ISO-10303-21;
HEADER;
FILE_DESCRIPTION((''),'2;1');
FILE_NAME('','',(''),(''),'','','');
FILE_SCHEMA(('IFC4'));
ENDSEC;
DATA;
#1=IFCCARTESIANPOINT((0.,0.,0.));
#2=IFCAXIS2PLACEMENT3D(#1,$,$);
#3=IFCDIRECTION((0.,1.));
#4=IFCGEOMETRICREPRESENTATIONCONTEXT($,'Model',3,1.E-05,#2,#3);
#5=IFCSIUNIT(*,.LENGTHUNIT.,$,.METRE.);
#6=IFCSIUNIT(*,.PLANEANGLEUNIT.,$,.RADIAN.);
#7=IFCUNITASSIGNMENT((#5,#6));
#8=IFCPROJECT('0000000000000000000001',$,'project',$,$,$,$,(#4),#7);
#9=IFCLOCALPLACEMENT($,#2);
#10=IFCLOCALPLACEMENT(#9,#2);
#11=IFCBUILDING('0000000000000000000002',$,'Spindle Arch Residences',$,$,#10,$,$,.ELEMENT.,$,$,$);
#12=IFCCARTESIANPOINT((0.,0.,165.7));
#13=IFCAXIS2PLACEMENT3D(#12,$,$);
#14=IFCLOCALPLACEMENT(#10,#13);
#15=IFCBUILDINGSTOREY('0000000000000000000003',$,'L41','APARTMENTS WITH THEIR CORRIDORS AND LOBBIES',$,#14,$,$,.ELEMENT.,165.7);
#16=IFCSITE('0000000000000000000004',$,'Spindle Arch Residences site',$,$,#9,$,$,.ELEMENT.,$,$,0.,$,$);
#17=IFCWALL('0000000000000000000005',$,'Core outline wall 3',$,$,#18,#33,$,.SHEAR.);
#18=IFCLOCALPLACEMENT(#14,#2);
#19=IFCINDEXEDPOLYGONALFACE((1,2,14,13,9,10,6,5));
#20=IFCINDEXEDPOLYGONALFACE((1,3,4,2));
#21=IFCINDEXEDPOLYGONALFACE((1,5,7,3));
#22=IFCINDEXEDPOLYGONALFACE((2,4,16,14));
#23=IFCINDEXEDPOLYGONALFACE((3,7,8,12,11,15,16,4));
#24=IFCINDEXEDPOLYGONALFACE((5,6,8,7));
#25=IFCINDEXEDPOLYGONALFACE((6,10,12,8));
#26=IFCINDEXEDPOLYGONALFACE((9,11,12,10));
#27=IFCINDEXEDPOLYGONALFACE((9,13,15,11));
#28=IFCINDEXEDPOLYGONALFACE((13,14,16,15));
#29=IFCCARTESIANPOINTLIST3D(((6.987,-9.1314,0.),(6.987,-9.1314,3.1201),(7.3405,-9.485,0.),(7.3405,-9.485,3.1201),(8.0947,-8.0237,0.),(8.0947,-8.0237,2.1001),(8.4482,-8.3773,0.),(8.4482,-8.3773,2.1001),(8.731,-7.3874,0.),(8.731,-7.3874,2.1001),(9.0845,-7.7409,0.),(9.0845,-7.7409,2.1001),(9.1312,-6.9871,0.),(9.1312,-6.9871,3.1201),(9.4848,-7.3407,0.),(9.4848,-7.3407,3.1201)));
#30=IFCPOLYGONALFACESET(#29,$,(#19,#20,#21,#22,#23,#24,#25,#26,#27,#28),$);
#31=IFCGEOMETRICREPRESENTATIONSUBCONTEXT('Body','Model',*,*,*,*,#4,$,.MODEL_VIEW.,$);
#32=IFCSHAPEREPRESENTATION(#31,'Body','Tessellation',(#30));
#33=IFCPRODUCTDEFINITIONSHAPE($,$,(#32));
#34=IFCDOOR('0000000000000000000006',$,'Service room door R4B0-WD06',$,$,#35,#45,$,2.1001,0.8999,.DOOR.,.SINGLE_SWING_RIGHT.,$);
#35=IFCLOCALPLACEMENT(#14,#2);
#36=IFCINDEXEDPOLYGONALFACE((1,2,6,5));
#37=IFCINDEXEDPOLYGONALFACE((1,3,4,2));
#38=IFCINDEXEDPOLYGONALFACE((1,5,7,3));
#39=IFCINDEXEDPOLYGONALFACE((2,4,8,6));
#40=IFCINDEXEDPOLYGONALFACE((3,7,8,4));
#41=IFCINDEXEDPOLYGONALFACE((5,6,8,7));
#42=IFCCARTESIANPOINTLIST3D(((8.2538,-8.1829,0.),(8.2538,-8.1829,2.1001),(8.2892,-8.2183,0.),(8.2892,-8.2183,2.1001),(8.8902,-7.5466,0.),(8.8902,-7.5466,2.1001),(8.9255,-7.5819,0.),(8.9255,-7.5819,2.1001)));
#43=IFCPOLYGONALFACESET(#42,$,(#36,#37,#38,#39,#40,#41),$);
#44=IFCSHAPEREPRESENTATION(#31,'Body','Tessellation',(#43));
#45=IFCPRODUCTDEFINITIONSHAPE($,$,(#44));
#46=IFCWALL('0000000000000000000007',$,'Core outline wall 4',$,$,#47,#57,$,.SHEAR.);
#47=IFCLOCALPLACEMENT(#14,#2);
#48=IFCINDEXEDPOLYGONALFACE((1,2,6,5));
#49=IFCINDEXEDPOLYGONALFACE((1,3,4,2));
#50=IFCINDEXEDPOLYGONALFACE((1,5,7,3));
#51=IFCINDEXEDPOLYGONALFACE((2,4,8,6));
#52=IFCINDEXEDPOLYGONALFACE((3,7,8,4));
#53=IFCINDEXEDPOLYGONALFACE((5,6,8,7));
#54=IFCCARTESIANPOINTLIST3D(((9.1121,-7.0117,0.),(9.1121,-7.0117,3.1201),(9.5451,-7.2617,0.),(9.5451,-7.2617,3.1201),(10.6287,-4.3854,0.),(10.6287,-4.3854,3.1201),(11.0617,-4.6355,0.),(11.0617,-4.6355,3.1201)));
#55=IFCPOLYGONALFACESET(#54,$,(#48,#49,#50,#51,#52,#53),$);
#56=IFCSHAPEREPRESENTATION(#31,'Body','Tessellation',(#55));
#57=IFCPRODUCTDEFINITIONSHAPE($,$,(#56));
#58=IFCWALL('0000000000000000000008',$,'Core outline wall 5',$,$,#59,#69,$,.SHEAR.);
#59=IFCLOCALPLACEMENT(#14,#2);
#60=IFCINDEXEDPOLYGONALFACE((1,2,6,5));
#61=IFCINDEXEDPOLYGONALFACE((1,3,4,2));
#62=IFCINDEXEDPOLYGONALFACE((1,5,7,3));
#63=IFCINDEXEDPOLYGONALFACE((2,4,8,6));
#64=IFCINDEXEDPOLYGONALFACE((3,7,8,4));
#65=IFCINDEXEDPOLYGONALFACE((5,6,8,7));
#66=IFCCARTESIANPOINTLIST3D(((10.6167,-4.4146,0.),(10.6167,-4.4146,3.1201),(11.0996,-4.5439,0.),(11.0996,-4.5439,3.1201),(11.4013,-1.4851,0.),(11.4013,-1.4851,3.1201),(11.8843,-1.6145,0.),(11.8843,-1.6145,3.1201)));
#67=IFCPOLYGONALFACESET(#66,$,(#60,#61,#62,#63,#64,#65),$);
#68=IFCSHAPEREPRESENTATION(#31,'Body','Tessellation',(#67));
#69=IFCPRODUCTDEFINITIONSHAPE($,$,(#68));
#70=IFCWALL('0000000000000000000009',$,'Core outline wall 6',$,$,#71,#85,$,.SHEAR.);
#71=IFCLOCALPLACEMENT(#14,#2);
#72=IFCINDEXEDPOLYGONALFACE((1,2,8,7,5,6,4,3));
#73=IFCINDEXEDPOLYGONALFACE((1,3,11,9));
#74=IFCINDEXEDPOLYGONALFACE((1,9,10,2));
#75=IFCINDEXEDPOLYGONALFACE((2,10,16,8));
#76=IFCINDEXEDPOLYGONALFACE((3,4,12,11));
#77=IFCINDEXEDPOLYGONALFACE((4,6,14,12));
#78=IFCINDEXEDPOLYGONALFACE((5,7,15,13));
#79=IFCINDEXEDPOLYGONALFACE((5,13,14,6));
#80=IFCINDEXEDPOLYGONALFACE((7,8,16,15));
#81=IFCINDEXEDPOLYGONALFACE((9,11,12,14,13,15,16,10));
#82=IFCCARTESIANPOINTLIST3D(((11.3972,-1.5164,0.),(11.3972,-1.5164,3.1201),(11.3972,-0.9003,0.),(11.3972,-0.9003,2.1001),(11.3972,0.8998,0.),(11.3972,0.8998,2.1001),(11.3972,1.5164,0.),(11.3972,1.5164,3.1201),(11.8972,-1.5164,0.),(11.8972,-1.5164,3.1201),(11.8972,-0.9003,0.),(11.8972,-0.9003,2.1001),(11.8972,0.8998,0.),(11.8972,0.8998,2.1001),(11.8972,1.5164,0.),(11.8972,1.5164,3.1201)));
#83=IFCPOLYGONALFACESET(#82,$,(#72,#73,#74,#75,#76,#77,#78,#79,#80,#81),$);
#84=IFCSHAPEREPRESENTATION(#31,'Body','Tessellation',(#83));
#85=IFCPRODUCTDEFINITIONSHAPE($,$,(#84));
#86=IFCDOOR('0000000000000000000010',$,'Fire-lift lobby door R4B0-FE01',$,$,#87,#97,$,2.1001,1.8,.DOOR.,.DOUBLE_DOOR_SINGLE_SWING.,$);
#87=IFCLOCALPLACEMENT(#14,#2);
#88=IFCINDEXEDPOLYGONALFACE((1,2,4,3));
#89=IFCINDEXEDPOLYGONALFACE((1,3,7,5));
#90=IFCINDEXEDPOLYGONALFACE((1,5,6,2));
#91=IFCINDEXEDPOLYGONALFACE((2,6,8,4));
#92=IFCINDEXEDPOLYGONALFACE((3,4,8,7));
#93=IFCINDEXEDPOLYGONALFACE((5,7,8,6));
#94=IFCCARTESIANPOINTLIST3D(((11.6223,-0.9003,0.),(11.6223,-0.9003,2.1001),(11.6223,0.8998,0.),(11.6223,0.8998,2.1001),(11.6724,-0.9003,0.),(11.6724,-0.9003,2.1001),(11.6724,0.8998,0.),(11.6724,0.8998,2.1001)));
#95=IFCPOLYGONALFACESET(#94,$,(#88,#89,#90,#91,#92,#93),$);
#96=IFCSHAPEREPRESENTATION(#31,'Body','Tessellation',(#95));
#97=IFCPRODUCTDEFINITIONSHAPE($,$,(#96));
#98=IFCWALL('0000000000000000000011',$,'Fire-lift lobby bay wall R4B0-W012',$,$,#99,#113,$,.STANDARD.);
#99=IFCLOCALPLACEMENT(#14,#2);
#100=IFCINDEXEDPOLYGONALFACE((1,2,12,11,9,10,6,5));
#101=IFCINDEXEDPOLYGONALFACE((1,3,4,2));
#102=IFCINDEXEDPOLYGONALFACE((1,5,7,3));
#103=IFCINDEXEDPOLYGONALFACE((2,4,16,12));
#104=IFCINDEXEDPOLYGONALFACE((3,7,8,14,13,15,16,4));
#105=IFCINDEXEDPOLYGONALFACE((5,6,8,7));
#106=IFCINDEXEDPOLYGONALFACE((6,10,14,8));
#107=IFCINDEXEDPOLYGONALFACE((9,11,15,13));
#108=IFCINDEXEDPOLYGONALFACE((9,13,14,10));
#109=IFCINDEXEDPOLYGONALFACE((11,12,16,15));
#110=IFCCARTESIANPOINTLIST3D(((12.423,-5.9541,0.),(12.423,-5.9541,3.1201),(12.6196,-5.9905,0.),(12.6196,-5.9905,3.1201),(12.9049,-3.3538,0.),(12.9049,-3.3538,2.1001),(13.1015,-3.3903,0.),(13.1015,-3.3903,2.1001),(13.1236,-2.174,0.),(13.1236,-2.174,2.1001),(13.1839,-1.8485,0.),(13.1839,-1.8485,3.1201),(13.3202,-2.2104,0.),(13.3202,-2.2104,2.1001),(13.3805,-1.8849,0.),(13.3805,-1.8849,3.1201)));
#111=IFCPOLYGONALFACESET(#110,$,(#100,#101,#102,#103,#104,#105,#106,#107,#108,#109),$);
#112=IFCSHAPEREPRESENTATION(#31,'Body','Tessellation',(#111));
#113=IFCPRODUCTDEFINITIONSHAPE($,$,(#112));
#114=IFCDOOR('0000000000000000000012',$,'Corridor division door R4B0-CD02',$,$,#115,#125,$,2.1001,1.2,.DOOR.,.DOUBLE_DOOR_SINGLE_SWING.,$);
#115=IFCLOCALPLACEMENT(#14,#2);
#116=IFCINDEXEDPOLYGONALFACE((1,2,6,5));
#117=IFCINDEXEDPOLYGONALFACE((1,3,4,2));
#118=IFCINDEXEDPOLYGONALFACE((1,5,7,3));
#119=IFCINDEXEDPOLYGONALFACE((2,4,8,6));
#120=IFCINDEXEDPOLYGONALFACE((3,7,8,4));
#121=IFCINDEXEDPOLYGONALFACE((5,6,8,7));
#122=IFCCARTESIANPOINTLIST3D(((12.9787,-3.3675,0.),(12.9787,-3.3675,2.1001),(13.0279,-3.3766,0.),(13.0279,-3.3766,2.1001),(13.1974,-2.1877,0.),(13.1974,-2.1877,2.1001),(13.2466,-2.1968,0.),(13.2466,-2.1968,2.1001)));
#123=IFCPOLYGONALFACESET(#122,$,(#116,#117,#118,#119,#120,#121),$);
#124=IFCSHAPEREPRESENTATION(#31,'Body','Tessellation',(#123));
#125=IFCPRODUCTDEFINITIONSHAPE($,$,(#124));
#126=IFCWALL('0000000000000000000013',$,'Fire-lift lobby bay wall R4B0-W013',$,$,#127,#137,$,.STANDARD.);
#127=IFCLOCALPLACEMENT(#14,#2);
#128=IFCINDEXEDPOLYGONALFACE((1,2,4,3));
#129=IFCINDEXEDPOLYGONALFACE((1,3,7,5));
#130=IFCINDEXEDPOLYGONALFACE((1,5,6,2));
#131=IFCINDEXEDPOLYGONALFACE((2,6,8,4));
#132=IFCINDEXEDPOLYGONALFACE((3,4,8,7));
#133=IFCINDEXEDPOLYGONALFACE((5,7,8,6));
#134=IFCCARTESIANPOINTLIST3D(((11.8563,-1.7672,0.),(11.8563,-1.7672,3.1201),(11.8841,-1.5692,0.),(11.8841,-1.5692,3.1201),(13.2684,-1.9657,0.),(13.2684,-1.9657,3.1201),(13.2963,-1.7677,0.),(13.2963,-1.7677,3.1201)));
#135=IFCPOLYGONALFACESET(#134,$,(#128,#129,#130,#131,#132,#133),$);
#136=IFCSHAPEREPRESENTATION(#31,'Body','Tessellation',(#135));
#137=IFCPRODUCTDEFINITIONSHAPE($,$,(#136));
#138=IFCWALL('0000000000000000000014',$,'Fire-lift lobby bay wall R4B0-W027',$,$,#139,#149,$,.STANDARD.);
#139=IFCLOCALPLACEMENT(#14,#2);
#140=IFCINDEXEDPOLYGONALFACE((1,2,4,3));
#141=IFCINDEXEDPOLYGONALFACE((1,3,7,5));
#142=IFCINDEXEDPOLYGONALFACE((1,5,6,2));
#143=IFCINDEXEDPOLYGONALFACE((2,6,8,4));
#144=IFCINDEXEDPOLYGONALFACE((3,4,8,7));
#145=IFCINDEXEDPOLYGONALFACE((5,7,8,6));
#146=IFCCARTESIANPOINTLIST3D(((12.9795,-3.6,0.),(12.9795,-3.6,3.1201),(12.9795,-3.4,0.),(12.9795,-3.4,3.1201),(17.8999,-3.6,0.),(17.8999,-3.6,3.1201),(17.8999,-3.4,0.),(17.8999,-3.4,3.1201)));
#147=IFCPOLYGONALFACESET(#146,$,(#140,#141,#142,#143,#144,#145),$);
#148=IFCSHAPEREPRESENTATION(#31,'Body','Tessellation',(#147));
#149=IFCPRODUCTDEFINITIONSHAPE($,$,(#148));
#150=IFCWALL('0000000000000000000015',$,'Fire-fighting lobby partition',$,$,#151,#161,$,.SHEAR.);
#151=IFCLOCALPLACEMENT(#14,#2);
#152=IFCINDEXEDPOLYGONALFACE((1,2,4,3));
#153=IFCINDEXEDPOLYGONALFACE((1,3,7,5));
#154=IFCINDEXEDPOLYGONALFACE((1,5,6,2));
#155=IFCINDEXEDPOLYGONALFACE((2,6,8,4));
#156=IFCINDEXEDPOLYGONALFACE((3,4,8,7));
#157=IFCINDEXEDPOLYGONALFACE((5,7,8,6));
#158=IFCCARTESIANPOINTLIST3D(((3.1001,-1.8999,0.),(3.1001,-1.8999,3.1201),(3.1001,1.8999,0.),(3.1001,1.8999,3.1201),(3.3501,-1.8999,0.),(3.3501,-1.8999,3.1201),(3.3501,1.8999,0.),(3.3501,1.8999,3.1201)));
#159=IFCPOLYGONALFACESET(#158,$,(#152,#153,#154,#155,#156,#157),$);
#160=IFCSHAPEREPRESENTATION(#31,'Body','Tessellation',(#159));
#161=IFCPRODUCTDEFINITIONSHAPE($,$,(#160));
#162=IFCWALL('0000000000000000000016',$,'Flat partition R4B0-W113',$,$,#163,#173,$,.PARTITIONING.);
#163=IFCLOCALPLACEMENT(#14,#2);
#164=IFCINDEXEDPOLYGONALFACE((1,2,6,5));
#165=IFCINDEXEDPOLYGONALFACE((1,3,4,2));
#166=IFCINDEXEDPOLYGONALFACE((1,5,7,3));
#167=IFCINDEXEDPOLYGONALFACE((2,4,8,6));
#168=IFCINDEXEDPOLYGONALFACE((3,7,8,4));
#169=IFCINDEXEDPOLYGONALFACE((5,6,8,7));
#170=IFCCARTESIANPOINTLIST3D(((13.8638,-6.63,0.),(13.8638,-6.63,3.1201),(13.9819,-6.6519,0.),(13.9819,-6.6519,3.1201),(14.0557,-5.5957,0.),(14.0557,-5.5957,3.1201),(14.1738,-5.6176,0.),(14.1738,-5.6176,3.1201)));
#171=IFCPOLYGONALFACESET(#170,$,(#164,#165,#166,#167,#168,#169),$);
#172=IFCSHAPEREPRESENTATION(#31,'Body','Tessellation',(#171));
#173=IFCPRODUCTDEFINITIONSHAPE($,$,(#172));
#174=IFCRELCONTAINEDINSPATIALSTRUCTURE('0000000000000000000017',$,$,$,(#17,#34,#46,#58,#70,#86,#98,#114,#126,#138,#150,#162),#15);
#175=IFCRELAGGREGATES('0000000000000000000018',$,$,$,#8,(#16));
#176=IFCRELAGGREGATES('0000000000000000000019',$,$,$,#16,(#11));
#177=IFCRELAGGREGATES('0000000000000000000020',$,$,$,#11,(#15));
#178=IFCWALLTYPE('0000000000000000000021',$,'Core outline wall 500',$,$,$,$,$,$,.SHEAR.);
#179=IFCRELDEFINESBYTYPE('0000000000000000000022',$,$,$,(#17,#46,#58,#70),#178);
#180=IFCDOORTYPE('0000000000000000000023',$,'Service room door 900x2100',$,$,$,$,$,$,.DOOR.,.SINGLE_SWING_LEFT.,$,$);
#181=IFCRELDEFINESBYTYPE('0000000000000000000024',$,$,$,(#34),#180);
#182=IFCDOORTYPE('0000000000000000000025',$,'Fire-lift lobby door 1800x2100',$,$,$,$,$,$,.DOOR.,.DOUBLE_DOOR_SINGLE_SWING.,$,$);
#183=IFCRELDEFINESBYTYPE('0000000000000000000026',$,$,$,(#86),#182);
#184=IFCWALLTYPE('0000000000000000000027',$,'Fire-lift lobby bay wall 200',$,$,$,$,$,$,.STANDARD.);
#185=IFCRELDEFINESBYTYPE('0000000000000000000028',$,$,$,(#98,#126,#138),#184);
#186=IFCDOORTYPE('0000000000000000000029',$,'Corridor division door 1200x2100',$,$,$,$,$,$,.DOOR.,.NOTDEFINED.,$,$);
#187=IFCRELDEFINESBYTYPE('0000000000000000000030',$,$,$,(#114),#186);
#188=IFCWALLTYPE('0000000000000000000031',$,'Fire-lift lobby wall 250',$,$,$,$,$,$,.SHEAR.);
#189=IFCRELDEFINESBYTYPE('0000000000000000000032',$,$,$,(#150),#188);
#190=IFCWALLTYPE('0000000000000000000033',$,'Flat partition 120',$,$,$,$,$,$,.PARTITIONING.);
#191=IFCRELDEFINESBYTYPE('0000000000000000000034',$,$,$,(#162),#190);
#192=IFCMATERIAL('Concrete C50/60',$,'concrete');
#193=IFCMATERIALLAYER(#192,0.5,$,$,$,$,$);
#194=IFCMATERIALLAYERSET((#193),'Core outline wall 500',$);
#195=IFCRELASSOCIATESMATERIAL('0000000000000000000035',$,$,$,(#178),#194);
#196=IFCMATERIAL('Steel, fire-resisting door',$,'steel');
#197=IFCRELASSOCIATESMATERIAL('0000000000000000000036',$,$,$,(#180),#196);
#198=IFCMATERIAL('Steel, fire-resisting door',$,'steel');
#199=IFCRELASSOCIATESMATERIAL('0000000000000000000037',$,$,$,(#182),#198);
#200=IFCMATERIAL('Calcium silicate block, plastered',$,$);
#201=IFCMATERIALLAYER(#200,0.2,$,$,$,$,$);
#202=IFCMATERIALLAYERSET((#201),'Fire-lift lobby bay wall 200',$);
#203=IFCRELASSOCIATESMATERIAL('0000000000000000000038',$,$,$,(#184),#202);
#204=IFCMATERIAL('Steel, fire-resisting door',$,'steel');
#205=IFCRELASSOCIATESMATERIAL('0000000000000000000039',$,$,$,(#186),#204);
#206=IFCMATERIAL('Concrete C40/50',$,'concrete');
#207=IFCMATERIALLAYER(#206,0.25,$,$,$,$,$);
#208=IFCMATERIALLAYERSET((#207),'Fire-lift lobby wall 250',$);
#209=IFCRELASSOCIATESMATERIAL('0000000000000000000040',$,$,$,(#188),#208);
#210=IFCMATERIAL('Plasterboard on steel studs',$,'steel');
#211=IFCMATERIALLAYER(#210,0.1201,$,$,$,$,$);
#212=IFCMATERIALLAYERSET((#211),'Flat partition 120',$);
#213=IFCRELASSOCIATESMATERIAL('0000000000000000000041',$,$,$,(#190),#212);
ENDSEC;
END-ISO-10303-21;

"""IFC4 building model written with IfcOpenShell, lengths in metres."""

from ifc_helpers import new_model, si_unit, direction, frame, frame_2d, origin, place, context, subcontext, project, spatial, rectangle, extrude, material, layer, layer_set, type_object, element, fill, save


model = new_model("IFC4")

# Units and contexts
model_context = context("Model", 3, precision=1e-05, world=origin(), true_north=direction((0.0, 1.0)))
body_context = subcontext(model_context, "Body", "Model", "MODEL_VIEW")
ifc_project = project(units=[si_unit("LENGTHUNIT", "METRE"), si_unit("PLANEANGLEUNIT", "RADIAN")], contexts=[model_context])

# Site, building, storey
site_placement = place(None, origin())
site = spatial("IfcSite", under=ifc_project, at=site_placement, Name="Spindle Arch Residences site", CompositionType="ELEMENT", RefElevation=0.0)
building_placement = place(site_placement, origin())
building = spatial("IfcBuilding", under=site, at=building_placement, Name="Spindle Arch Residences", CompositionType="ELEMENT")
storey_placement = place(building_placement, frame((0.0, 0.0, 165.7)))
storey = spatial("IfcBuildingStorey", under=building, at=storey_placement, Name="L41", Description="APARTMENTS WITH THEIR CORRIDORS AND LOBBIES", CompositionType="ELEMENT", Elevation=165.7)

# Wall, opening, door
ifc_material_1 = material(Name="Concrete C50/60", Category="concrete")
ifc_layer_1 = layer(ifc_material_1, 0.5)
ifc_layer_set_1 = layer_set([ifc_layer_1], Name="Core outline wall 500")
wall_type_1 = type_object("IfcWallType", Name="Core outline wall 500", PredefinedType="SHEAR", material=ifc_layer_set_1)
wall_1_placement = place(storey_placement, frame((7.1638, -9.3081, 0.0), z_axis=(0.0, 0.0, 1.0), x_axis=(0.707107, 0.707107, 0.0)))
wall_1 = element("IfcWall", 1, at=wall_1_placement, inside=storey, type_object=wall_type_1, Name="Core outline wall 3", PredefinedType="SHEAR", context=body_context, shape_type="SweptSolid", body=[
    extrude(rectangle(XDim=3.0325, YDim=0.5, at=frame_2d((1.5161, 0.0))), origin(), (0.0, 0.0, 1.0), 3.1201),
])
opening_1_placement = place(wall_1_placement, frame((1.5664, 0.0, 0.0)))
opening_1 = element("IfcOpeningElement", 2, at=opening_1_placement, cuts=wall_1, PredefinedType="OPENING", context=body_context, shape_type="SweptSolid", body=[
    extrude(rectangle(XDim=0.8999, YDim=2.1001, at=frame_2d((0.45, 1.05))), frame((0.0, 0.26, 0.0), z_axis=(0.0, -1.0, 0.0), x_axis=(1.0, 0.0, 0.0)), (0.0, 0.0, 1.0), 0.52),
])
ifc_material_2 = material(Name="Steel, fire-resisting door", Category="steel")
door_type_1 = type_object("IfcDoorType", Name="Service room door 900x2100", OperationType="SINGLE_SWING_LEFT", PredefinedType="DOOR", material=ifc_material_2)
door_1_placement = place(opening_1_placement, origin())
door_1 = element("IfcDoor", 3, at=door_1_placement, inside=storey, type_object=door_type_1, Name="Service room door R4B0-WD06", OperationType="SINGLE_SWING_RIGHT", OverallHeight=2.1001, OverallWidth=0.8999, PredefinedType="DOOR", context=body_context, shape_type="SweptSolid", body=[
    extrude(rectangle(XDim=0.8999, YDim=2.1001, at=frame_2d((0.45, 1.05))), frame((0.0, 0.0249, 0.0), z_axis=(0.0, -1.0, 0.0), x_axis=(1.0, 0.0, 0.0)), (0.0, 0.0, 1.0), 0.05),
])
fill(opening_1, door_1)

# Walls
for number, where, z_axis, x_axis, name in (
    (4, (9.3286, -7.1367, 0.0), (0.0, 0.0, 1.0), (0.500087, 0.865975, 0.0), "Core outline wall 4"),
    (5, (10.8582, -4.4792, 0.0), (0.0, 0.0, 1.0), (0.258735, 0.965948, 0.0), "Core outline wall 5"),
):
    element("IfcWall", number, at=place(storey_placement, frame(where, z_axis=z_axis, x_axis=x_axis)), inside=storey, type_object=wall_type_1, Name=name, PredefinedType="SHEAR", context=body_context, shape_type="SweptSolid", body=[
        extrude(rectangle(XDim=3.0327, YDim=0.5, at=frame_2d((1.5164, 0.0))), origin(), (0.0, 0.0, 1.0), 3.1201),
    ])

# Walls, openings, doors
wall_2_placement = place(storey_placement, frame((11.6472, -1.5164, 0.0), z_axis=(0.0, 0.0, 1.0), x_axis=(0.0, 1.0, 0.0)))
wall_2 = element("IfcWall", 6, at=wall_2_placement, inside=storey, type_object=wall_type_1, Name="Core outline wall 6", PredefinedType="SHEAR", context=body_context, shape_type="SweptSolid", body=[
    extrude(rectangle(XDim=3.0327, YDim=0.5, at=frame_2d((1.5164, 0.0))), origin(), (0.0, 0.0, 1.0), 3.1201),
])
opening_2_placement = place(wall_2_placement, frame((0.6162, 0.0, 0.0)))
opening_2 = element("IfcOpeningElement", 7, at=opening_2_placement, cuts=wall_2, PredefinedType="OPENING", context=body_context, shape_type="SweptSolid", body=[
    extrude(rectangle(XDim=1.8, YDim=2.1001, at=frame_2d((0.8999, 1.05))), frame((0.0, 0.26, 0.0), z_axis=(0.0, -1.0, 0.0), x_axis=(1.0, 0.0, 0.0)), (0.0, 0.0, 1.0), 0.52),
])
ifc_material_3 = material(Name="Steel, fire-resisting door", Category="steel")
door_type_2 = type_object("IfcDoorType", Name="Fire-lift lobby door 1800x2100", OperationType="DOUBLE_DOOR_SINGLE_SWING", PredefinedType="DOOR", material=ifc_material_3)
door_2_placement = place(opening_2_placement, origin())
door_2 = element("IfcDoor", 8, at=door_2_placement, inside=storey, type_object=door_type_2, Name="Fire-lift lobby door R4B0-FE01", OperationType="DOUBLE_DOOR_SINGLE_SWING", OverallHeight=2.1001, OverallWidth=1.8, PredefinedType="DOOR", context=body_context, shape_type="SweptSolid", body=[
    extrude(rectangle(XDim=1.8, YDim=2.1001, at=frame_2d((0.8999, 1.05))), frame((0.0, 0.0249, 0.0), z_axis=(0.0, -1.0, 0.0), x_axis=(1.0, 0.0, 0.0)), (0.0, 0.0, 1.0), 0.05),
])
fill(opening_2, door_2)
ifc_material_4 = material(Name="Calcium silicate block, plastered")
ifc_layer_2 = layer(ifc_material_4, 0.2)
ifc_layer_set_2 = layer_set([ifc_layer_2], Name="Fire-lift lobby bay wall 200")
wall_type_2 = type_object("IfcWallType", Name="Fire-lift lobby bay wall 200", PredefinedType="STANDARD", material=ifc_layer_set_2)
wall_3_placement = place(storey_placement, frame((12.5212, -5.9724, 0.0), z_axis=(0.0, 0.0, 1.0), x_axis=(0.182244, 0.983253, 0.0)))
wall_3 = element("IfcWall", 9, at=wall_3_placement, inside=storey, type_object=wall_type_2, Name="Fire-lift lobby bay wall R4B0-W012", PredefinedType="STANDARD", context=body_context, shape_type="SweptSolid", body=[
    extrude(rectangle(XDim=4.1755, YDim=0.2, at=frame_2d((2.0879, 0.0))), origin(), (0.0, 0.0, 1.0), 3.1201),
])
opening_3_placement = place(wall_3_placement, frame((2.6445, 0.0, 0.0)))
opening_3 = element("IfcOpeningElement", 10, at=opening_3_placement, cuts=wall_3, PredefinedType="OPENING", context=body_context, shape_type="SweptSolid", body=[
    extrude(rectangle(XDim=1.2, YDim=2.1001, at=frame_2d((0.6001, 1.05))), frame((0.0, 0.1099, 0.0), z_axis=(0.0, -1.0, 0.0), x_axis=(1.0, 0.0, 0.0)), (0.0, 0.0, 1.0), 0.22),
])
ifc_material_5 = material(Name="Steel, fire-resisting door", Category="steel")
door_type_3 = type_object("IfcDoorType", Name="Corridor division door 1200x2100", OperationType="NOTDEFINED", PredefinedType="DOOR", material=ifc_material_5)
door_3_placement = place(opening_3_placement, origin())
door_3 = element("IfcDoor", 11, at=door_3_placement, inside=storey, type_object=door_type_3, Name="Corridor division door R4B0-CD02", OperationType="DOUBLE_DOOR_SINGLE_SWING", OverallHeight=2.1001, OverallWidth=1.2, PredefinedType="DOOR", context=body_context, shape_type="SweptSolid", body=[
    extrude(rectangle(XDim=1.2, YDim=2.1001, at=frame_2d((0.6001, 1.05))), frame((0.0, 0.0249, 0.0), z_axis=(0.0, -1.0, 0.0), x_axis=(1.0, 0.0, 0.0)), (0.0, 0.0, 1.0), 0.05),
])
fill(opening_3, door_3)

# Walls
wall_4_placement = place(storey_placement, frame((13.2822, -1.8667, 0.0), z_axis=(0.0, 0.0, 1.0), x_axis=(-0.990265, 0.139192, 0.0)))
element("IfcWall", 12, at=wall_4_placement, inside=storey, type_object=wall_type_2, Name="Fire-lift lobby bay wall R4B0-W013", PredefinedType="STANDARD", context=body_context, shape_type="SweptSolid", body=[
    extrude(rectangle(XDim=1.426, YDim=0.2, at=frame_2d((0.7129, 0.0))), origin(), (0.0, 0.0, 1.0), 3.1201),
])
wall_5_placement = place(storey_placement, frame((12.9795, -3.5, 0.0), z_axis=(0.0, 0.0, 1.0), x_axis=(1.0, 0.0, 0.0)))
element("IfcWall", 13, at=wall_5_placement, inside=storey, type_object=wall_type_2, Name="Fire-lift lobby bay wall R4B0-W027", PredefinedType="STANDARD", context=body_context, shape_type="SweptSolid", body=[
    extrude(rectangle(XDim=4.9204, YDim=0.2, at=frame_2d((2.4602, 0.0))), origin(), (0.0, 0.0, 1.0), 3.1201),
])
ifc_material_6 = material(Name="Concrete C40/50", Category="concrete")
ifc_layer_3 = layer(ifc_material_6, 0.25)
ifc_layer_set_3 = layer_set([ifc_layer_3], Name="Fire-lift lobby wall 250")
wall_type_3 = type_object("IfcWallType", Name="Fire-lift lobby wall 250", PredefinedType="SHEAR", material=ifc_layer_set_3)
wall_6_placement = place(storey_placement, frame((3.2251, -1.8999, 0.0), z_axis=(0.0, 0.0, 1.0), x_axis=(0.0, 1.0, 0.0)))
element("IfcWall", 14, at=wall_6_placement, inside=storey, type_object=wall_type_3, Name="Fire-fighting lobby partition", PredefinedType="SHEAR", context=body_context, shape_type="SweptSolid", body=[
    extrude(rectangle(XDim=3.7998, YDim=0.25, at=frame_2d((1.8999, 0.0))), origin(), (0.0, 0.0, 1.0), 3.1201),
])

# Wall
ifc_material_7 = material(Name="Plasterboard on steel studs", Category="steel")
ifc_layer_4 = layer(ifc_material_7, 0.1201)
ifc_layer_set_4 = layer_set([ifc_layer_4], Name="Flat partition 120")
wall_type_4 = type_object("IfcWallType", Name="Flat partition 120", PredefinedType="PARTITIONING", material=ifc_layer_set_4)
wall_7_placement = place(storey_placement, frame((13.9229, -6.6409, 0.0), z_axis=(0.0, 0.0, 1.0), x_axis=(0.182397, 0.983225, 0.0)))
element("IfcWall", 15, at=wall_7_placement, inside=storey, type_object=wall_type_4, Name="Flat partition R4B0-W113", PredefinedType="PARTITIONING", context=body_context, shape_type="SweptSolid", body=[
    extrude(rectangle(XDim=1.052, YDim=0.1201, at=frame_2d((0.5259, 0.0))), origin(), (0.0, 0.0, 1.0), 3.1201),
])

save(model, "model.ifc")
